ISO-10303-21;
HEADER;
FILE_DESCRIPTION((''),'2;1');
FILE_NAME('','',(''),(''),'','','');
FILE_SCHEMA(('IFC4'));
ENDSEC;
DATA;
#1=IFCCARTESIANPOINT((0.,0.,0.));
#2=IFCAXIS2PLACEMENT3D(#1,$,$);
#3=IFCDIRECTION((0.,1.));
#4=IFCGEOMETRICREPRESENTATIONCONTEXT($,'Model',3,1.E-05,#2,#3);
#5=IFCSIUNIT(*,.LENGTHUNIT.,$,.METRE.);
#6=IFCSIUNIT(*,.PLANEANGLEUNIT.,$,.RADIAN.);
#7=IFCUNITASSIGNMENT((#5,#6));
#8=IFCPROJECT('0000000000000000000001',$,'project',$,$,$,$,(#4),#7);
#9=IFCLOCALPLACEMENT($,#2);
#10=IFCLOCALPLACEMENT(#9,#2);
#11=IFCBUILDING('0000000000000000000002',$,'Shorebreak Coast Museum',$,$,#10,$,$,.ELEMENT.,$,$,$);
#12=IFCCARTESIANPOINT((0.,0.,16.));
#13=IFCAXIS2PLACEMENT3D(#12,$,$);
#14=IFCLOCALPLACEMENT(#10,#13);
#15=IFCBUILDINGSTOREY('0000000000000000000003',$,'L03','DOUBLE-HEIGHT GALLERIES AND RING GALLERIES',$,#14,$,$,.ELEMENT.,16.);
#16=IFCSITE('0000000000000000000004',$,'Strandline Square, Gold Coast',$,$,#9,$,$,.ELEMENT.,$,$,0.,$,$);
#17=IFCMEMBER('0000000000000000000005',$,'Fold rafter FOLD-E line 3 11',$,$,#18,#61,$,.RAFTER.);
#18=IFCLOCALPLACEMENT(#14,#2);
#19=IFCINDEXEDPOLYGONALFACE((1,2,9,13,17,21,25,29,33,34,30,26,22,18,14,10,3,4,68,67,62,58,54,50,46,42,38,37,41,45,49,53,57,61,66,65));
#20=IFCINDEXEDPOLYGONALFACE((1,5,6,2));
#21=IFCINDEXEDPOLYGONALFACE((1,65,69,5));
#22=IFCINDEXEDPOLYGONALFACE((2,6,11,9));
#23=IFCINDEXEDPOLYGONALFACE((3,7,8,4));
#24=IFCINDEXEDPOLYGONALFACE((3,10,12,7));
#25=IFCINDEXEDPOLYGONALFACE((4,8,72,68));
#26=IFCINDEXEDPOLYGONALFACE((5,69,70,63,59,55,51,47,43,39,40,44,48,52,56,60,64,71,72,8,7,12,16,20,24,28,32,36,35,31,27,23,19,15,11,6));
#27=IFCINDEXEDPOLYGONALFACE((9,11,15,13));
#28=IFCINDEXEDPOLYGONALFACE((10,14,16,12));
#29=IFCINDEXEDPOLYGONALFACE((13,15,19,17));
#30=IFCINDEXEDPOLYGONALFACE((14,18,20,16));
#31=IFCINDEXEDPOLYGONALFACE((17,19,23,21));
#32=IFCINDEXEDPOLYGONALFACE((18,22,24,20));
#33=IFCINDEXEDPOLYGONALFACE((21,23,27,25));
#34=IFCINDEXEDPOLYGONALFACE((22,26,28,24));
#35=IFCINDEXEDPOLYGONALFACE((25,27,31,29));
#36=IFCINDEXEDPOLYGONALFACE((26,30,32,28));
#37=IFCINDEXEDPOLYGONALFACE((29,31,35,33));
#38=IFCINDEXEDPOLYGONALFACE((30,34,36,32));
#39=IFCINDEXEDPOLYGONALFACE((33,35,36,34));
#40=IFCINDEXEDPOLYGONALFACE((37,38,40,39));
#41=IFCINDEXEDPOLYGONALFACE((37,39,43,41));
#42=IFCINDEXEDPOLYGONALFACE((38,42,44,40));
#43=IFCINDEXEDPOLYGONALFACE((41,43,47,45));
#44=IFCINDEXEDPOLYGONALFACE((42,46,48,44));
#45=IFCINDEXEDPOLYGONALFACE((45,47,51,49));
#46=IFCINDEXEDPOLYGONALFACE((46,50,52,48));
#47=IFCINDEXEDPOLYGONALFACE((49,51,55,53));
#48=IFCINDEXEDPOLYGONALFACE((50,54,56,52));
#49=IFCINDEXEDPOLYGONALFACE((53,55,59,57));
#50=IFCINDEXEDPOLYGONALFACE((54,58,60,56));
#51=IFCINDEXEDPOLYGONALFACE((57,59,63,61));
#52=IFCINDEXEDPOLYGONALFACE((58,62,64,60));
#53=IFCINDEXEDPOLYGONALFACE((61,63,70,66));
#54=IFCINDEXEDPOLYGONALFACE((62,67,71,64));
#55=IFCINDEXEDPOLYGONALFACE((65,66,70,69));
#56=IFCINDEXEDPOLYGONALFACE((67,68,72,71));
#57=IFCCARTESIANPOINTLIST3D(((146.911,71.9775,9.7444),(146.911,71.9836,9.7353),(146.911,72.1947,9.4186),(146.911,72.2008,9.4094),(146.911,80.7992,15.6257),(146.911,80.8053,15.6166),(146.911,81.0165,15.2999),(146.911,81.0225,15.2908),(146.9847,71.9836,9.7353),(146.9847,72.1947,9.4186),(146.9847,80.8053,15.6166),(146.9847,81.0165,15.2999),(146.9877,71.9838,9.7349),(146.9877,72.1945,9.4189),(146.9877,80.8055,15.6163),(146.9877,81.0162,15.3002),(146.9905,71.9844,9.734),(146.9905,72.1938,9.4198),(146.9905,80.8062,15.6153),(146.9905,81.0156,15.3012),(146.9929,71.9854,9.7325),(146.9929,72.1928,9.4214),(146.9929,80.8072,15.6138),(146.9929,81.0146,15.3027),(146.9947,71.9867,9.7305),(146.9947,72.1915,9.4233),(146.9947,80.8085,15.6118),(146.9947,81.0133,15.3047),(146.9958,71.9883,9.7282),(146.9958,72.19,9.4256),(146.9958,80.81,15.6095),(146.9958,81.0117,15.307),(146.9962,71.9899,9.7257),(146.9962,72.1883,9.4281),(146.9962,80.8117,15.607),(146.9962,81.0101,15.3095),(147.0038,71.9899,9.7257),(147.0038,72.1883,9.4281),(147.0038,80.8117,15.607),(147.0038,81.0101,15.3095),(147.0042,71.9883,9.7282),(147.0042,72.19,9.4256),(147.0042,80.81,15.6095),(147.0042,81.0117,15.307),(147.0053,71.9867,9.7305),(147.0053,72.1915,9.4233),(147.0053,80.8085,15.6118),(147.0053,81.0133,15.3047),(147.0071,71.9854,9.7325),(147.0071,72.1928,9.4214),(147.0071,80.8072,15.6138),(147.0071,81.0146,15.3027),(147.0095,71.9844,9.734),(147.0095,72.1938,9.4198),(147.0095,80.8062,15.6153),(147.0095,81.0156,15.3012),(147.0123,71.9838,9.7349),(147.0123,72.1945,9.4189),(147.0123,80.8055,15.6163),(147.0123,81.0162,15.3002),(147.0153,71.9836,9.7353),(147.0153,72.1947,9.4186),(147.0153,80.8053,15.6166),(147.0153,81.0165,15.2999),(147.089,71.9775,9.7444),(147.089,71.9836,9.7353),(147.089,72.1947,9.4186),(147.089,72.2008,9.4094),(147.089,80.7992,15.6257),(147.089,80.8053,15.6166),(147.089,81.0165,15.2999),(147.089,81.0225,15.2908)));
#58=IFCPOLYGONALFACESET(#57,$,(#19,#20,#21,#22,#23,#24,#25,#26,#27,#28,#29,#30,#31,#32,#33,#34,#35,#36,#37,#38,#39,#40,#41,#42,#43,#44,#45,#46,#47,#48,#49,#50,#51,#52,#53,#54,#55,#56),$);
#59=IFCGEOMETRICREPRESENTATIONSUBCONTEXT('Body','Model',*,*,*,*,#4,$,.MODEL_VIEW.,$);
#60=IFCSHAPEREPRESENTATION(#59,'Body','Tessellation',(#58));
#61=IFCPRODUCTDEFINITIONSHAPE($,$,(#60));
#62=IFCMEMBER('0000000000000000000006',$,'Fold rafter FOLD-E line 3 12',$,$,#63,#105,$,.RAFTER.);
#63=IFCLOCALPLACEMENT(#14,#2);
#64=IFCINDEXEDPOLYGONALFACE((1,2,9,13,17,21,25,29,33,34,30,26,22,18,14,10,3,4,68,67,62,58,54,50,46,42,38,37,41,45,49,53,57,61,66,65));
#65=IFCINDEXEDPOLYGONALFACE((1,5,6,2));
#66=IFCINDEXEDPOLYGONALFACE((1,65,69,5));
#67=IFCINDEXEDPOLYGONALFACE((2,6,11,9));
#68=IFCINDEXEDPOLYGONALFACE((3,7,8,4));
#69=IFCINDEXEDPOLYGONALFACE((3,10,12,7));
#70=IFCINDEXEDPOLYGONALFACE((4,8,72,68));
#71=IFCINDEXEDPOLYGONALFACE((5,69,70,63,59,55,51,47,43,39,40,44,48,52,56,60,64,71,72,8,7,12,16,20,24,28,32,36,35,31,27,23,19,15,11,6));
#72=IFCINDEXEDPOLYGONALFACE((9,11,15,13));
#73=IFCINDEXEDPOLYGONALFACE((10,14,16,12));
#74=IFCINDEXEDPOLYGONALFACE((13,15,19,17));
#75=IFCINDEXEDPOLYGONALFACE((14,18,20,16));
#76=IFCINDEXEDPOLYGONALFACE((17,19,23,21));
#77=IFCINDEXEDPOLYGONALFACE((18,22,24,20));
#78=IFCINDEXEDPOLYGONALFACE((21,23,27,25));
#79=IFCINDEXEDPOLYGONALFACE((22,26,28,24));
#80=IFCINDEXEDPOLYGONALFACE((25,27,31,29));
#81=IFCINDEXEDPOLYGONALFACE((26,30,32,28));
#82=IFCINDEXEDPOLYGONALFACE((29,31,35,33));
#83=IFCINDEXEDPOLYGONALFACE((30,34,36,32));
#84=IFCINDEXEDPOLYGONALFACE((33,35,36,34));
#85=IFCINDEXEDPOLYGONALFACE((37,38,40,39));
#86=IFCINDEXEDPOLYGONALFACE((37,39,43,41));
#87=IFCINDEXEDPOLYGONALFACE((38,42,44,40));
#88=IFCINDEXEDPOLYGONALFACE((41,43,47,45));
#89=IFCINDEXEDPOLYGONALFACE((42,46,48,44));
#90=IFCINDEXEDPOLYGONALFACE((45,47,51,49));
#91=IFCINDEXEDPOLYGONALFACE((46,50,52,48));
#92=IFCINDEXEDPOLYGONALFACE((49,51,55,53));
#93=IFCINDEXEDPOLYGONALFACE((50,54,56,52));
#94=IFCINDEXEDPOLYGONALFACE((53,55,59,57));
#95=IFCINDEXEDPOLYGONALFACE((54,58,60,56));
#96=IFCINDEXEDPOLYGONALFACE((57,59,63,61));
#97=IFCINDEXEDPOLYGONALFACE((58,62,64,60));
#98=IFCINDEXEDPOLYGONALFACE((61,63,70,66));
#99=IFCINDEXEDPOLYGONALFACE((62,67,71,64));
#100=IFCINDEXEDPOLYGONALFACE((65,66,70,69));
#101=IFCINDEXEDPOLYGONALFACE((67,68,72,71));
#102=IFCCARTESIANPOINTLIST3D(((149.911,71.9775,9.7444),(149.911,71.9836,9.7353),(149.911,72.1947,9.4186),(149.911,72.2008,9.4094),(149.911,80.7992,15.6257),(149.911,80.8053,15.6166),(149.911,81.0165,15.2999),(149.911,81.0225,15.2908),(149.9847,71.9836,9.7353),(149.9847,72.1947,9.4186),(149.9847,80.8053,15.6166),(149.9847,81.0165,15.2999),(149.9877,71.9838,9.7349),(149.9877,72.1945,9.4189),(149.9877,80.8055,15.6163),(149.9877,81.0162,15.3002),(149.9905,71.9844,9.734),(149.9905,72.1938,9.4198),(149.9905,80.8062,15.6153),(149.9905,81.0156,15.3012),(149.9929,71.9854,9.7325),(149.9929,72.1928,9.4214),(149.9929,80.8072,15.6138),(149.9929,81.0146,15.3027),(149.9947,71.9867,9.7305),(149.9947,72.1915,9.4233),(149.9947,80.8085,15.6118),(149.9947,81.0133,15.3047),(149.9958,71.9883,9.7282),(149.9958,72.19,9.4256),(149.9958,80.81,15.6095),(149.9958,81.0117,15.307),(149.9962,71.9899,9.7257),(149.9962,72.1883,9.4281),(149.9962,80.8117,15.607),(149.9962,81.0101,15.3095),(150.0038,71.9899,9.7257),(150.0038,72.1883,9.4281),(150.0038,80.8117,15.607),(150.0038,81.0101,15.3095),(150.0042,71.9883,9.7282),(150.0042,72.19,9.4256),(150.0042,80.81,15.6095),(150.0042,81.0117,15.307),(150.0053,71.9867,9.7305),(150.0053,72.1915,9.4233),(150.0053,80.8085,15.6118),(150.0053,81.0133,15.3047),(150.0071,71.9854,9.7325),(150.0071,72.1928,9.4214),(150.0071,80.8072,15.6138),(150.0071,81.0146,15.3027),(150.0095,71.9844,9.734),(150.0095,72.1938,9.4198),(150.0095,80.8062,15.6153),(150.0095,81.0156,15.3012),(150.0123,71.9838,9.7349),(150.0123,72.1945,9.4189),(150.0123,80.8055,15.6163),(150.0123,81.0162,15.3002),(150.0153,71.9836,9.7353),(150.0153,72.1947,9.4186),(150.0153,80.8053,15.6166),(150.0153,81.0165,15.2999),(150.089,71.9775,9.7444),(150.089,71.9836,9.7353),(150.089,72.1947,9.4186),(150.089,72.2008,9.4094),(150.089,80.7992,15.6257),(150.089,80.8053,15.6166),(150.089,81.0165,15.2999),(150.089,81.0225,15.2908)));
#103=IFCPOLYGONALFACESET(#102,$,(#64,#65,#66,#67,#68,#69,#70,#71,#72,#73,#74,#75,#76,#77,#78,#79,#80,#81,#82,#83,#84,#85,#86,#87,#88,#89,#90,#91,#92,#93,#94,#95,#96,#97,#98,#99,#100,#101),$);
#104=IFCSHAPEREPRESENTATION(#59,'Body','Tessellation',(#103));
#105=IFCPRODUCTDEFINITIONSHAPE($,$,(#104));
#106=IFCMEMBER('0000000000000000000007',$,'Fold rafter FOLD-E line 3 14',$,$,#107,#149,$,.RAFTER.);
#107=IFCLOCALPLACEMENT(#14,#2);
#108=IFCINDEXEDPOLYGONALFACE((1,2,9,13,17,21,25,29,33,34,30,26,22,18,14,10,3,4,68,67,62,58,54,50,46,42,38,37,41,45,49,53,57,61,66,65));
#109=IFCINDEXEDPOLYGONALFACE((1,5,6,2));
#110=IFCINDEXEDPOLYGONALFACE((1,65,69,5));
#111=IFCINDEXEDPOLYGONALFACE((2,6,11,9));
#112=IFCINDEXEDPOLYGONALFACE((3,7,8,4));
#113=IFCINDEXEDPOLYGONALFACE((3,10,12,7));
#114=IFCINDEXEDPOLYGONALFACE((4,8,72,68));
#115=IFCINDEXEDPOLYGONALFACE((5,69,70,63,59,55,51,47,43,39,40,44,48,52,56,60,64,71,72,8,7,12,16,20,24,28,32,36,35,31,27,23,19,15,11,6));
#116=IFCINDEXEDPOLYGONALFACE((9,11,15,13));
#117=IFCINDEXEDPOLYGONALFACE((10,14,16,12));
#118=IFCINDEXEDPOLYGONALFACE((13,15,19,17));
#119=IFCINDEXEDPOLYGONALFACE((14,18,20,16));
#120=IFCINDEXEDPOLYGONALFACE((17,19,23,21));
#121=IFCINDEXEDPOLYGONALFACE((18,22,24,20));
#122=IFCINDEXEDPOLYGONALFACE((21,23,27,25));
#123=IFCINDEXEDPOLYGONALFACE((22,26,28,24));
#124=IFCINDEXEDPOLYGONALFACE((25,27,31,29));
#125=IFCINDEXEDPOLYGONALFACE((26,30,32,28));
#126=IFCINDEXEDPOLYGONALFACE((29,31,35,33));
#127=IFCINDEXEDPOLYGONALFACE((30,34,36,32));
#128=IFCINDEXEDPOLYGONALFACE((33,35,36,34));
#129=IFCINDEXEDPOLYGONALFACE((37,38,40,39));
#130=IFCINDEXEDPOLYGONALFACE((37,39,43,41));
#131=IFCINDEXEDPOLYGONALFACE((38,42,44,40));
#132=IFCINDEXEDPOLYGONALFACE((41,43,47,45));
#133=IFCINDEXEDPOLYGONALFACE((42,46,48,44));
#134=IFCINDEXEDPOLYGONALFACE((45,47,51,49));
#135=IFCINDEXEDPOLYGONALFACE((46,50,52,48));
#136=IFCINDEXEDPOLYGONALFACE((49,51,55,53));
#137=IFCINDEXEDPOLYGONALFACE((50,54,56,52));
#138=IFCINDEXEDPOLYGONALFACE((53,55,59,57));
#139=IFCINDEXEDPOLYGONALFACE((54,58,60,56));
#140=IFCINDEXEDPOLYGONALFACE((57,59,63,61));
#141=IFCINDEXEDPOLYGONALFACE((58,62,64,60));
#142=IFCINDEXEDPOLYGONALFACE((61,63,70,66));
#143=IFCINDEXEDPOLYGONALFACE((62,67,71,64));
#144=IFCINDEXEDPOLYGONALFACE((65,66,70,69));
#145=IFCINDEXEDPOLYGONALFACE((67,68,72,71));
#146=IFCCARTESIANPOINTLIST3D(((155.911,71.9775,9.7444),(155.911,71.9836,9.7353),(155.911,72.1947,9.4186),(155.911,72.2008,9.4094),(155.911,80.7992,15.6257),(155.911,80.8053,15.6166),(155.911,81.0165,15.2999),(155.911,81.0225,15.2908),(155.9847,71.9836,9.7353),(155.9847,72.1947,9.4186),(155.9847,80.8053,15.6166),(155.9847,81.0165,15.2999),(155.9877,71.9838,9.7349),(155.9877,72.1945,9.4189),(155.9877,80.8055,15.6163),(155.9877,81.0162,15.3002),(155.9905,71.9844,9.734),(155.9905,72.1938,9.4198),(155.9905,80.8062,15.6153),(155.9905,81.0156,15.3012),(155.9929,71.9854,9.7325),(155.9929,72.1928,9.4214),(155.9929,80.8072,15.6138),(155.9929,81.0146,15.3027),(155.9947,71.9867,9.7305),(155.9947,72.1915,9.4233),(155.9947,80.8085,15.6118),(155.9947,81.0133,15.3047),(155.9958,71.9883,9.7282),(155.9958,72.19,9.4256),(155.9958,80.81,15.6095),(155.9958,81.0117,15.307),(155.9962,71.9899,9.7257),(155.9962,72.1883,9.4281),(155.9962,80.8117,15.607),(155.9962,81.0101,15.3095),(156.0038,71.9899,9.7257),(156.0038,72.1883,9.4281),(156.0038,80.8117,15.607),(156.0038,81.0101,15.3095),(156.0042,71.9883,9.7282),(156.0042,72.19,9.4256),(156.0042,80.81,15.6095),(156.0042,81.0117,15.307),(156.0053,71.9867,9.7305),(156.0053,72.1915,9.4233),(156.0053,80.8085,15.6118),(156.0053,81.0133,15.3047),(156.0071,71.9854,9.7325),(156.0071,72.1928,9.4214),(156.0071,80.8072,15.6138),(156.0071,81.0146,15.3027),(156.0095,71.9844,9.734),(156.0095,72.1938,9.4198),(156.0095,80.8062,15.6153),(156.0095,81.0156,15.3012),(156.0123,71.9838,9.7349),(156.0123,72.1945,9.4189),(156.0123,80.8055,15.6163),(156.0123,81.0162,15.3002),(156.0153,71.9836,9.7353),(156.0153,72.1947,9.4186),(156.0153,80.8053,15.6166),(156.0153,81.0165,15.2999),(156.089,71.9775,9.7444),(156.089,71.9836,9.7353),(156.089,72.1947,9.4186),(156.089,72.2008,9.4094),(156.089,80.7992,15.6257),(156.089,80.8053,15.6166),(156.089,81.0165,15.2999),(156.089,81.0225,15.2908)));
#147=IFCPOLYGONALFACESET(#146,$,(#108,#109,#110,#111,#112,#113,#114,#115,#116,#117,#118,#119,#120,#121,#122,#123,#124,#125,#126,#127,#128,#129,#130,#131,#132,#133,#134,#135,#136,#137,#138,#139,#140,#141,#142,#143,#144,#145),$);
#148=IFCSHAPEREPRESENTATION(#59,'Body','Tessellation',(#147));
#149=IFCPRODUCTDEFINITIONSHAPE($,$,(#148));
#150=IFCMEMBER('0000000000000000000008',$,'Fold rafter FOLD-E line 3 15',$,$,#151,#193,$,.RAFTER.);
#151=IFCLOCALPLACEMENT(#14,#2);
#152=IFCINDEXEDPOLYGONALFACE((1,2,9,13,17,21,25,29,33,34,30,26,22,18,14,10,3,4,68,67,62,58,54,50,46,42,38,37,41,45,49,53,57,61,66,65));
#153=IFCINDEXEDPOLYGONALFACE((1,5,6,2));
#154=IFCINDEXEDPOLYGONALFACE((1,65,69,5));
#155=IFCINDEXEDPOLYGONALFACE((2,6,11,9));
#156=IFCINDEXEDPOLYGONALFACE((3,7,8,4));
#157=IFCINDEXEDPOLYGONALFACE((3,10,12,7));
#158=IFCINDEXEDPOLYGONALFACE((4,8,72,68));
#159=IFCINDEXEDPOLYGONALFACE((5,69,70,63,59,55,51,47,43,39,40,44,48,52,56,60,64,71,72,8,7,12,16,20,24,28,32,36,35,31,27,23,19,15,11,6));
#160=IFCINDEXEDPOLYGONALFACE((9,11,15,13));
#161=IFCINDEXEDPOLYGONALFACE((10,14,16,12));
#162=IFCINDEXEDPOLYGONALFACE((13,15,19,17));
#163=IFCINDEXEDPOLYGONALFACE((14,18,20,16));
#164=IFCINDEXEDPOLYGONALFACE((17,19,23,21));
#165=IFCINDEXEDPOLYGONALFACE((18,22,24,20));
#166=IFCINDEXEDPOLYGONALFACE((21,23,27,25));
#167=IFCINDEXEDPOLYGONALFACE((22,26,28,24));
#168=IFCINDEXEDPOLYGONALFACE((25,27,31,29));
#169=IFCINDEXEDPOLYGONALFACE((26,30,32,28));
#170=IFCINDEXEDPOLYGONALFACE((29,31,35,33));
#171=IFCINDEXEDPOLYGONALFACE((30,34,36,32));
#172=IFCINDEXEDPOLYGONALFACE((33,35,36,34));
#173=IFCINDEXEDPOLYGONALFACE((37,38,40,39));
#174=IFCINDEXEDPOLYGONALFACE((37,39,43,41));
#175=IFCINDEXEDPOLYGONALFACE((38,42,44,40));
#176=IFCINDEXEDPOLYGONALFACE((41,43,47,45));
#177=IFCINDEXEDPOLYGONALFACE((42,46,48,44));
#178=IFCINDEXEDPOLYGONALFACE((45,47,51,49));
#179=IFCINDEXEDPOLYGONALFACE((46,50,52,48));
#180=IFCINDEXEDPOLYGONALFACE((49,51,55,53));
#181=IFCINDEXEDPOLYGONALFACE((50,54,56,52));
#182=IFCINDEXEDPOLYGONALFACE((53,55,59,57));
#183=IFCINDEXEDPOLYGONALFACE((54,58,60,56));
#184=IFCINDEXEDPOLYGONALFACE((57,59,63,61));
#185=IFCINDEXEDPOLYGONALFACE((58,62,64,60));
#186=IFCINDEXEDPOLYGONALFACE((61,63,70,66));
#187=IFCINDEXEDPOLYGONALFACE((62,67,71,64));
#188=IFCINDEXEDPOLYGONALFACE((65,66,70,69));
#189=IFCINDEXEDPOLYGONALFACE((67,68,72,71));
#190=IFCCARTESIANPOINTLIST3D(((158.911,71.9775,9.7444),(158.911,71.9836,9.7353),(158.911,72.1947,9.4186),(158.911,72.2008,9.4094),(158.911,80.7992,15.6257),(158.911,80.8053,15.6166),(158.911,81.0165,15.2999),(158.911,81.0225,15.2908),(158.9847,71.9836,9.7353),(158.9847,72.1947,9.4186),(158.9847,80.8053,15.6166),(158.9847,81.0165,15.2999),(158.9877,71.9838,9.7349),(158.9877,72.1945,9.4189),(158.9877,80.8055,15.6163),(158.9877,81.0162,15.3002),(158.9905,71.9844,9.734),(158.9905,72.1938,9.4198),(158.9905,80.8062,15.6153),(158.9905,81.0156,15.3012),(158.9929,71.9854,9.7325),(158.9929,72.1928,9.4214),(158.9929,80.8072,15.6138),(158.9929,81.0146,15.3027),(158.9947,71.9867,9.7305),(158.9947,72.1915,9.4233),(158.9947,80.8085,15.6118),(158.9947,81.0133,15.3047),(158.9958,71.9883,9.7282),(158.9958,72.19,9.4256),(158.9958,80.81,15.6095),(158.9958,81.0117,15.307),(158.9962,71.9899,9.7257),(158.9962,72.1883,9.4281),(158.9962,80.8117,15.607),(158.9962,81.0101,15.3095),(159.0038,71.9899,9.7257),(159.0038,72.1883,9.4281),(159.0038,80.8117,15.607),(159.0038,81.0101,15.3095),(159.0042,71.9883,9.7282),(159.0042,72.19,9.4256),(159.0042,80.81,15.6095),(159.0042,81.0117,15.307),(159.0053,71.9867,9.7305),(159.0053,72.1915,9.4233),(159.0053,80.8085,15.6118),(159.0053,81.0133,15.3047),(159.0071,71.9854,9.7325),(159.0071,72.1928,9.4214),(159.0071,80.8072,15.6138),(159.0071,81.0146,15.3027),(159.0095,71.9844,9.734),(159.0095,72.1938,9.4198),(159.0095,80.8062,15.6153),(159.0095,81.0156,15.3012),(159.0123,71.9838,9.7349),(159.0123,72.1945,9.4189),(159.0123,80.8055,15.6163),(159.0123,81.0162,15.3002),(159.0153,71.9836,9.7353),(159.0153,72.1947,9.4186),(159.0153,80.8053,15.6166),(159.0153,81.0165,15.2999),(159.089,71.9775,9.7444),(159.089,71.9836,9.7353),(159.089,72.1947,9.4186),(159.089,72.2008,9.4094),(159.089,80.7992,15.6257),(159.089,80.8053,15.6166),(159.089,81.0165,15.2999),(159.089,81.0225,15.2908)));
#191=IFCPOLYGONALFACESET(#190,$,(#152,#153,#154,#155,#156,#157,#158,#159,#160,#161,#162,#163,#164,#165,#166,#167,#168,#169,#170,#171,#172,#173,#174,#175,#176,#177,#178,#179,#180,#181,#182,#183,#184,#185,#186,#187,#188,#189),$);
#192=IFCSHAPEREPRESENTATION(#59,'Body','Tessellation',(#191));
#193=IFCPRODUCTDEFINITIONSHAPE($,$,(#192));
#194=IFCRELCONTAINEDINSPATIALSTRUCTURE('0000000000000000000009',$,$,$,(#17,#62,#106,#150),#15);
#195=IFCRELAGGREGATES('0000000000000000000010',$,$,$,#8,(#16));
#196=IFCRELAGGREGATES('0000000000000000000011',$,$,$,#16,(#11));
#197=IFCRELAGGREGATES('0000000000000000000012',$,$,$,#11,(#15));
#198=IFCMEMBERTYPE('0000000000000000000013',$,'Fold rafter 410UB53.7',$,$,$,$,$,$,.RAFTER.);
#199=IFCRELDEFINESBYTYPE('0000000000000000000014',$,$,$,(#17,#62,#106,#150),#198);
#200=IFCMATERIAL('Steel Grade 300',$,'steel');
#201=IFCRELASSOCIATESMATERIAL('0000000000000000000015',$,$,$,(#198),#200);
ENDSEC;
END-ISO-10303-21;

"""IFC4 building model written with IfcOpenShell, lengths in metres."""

from ifc_helpers import new_model, si_unit, direction, frame, origin, origin_2d, place, context, subcontext, project, spatial, i_section, extrude, material, material_profile, profile_set, type_object, element, save


model = new_model("IFC4")

# Units and contexts
model_context = context("Model", 3, precision=1e-05, world=origin(), true_north=direction((0.0, 1.0)))
body_context = subcontext(model_context, "Body", "Model", "MODEL_VIEW")
ifc_project = project(units=[si_unit("LENGTHUNIT", "METRE"), si_unit("PLANEANGLEUNIT", "RADIAN")], contexts=[model_context])

# Site, building, storey
site_placement = place(None, origin())
site = spatial("IfcSite", under=ifc_project, at=site_placement, Name="Strandline Square, Gold Coast", CompositionType="ELEMENT", RefElevation=0.0)
building_placement = place(site_placement, origin())
building = spatial("IfcBuilding", under=site, at=building_placement, Name="Shorebreak Coast Museum", CompositionType="ELEMENT")
storey_placement = place(building_placement, frame((0.0, 0.0, 16.0)))
storey = spatial("IfcBuildingStorey", under=building, at=storey_placement, Name="L03", Description="DOUBLE-HEIGHT GALLERIES AND RING GALLERIES", CompositionType="ELEMENT", Elevation=16.0)

# Members
ifc_material_1 = material(Name="Steel Grade 300", Category="steel")
ifc_material_profile_1 = material_profile(ifc_material_1, i_section(OverallWidth=0.178, OverallDepth=0.4026, WebThickness=0.0076, FlangeThickness=0.011, FilletRadius=0.0115, at=origin_2d()), Name="410UB53.7")
ifc_profile_set_1 = profile_set([ifc_material_profile_1], Name="Steel Grade 300")
member_type_1 = type_object("IfcMemberType", Name="Fold rafter 410UB53.7", PredefinedType="RAFTER", material=ifc_profile_set_1)
for number, where, z_axis, x_axis, name in (
    (1, (147.0, 80.9109, 15.4583), (0.0, -0.832043, -0.554711), (1.0, 0.0, 0.0), "Fold rafter FOLD-E line 3 11"),
    (2, (150.0, 80.9109, 15.4583), (0.0, -0.832043, -0.554711), (1.0, 0.0, 0.0), "Fold rafter FOLD-E line 3 12"),
    (3, (156.0, 80.9109, 15.4583), (0.0, -0.832043, -0.554711), (1.0, 0.0, 0.0), "Fold rafter FOLD-E line 3 14"),
    (4, (159.0, 80.9109, 15.4583), (0.0, -0.832043, -0.554711), (1.0, 0.0, 0.0), "Fold rafter FOLD-E line 3 15"),
):
    element("IfcMember", number, at=place(storey_placement, frame(where, z_axis=z_axis, x_axis=x_axis)), inside=storey, type_object=member_type_1, Name=name, PredefinedType="RAFTER", context=body_context, shape_type="SweptSolid", body=[
        extrude(i_section(OverallWidth=0.178, OverallDepth=0.4026, WebThickness=0.0076, FlangeThickness=0.011, FilletRadius=0.0115, at=origin_2d()), origin(), (0.0, 0.0, 1.0), 10.6025),
    ])

save(model, "model.ifc")
